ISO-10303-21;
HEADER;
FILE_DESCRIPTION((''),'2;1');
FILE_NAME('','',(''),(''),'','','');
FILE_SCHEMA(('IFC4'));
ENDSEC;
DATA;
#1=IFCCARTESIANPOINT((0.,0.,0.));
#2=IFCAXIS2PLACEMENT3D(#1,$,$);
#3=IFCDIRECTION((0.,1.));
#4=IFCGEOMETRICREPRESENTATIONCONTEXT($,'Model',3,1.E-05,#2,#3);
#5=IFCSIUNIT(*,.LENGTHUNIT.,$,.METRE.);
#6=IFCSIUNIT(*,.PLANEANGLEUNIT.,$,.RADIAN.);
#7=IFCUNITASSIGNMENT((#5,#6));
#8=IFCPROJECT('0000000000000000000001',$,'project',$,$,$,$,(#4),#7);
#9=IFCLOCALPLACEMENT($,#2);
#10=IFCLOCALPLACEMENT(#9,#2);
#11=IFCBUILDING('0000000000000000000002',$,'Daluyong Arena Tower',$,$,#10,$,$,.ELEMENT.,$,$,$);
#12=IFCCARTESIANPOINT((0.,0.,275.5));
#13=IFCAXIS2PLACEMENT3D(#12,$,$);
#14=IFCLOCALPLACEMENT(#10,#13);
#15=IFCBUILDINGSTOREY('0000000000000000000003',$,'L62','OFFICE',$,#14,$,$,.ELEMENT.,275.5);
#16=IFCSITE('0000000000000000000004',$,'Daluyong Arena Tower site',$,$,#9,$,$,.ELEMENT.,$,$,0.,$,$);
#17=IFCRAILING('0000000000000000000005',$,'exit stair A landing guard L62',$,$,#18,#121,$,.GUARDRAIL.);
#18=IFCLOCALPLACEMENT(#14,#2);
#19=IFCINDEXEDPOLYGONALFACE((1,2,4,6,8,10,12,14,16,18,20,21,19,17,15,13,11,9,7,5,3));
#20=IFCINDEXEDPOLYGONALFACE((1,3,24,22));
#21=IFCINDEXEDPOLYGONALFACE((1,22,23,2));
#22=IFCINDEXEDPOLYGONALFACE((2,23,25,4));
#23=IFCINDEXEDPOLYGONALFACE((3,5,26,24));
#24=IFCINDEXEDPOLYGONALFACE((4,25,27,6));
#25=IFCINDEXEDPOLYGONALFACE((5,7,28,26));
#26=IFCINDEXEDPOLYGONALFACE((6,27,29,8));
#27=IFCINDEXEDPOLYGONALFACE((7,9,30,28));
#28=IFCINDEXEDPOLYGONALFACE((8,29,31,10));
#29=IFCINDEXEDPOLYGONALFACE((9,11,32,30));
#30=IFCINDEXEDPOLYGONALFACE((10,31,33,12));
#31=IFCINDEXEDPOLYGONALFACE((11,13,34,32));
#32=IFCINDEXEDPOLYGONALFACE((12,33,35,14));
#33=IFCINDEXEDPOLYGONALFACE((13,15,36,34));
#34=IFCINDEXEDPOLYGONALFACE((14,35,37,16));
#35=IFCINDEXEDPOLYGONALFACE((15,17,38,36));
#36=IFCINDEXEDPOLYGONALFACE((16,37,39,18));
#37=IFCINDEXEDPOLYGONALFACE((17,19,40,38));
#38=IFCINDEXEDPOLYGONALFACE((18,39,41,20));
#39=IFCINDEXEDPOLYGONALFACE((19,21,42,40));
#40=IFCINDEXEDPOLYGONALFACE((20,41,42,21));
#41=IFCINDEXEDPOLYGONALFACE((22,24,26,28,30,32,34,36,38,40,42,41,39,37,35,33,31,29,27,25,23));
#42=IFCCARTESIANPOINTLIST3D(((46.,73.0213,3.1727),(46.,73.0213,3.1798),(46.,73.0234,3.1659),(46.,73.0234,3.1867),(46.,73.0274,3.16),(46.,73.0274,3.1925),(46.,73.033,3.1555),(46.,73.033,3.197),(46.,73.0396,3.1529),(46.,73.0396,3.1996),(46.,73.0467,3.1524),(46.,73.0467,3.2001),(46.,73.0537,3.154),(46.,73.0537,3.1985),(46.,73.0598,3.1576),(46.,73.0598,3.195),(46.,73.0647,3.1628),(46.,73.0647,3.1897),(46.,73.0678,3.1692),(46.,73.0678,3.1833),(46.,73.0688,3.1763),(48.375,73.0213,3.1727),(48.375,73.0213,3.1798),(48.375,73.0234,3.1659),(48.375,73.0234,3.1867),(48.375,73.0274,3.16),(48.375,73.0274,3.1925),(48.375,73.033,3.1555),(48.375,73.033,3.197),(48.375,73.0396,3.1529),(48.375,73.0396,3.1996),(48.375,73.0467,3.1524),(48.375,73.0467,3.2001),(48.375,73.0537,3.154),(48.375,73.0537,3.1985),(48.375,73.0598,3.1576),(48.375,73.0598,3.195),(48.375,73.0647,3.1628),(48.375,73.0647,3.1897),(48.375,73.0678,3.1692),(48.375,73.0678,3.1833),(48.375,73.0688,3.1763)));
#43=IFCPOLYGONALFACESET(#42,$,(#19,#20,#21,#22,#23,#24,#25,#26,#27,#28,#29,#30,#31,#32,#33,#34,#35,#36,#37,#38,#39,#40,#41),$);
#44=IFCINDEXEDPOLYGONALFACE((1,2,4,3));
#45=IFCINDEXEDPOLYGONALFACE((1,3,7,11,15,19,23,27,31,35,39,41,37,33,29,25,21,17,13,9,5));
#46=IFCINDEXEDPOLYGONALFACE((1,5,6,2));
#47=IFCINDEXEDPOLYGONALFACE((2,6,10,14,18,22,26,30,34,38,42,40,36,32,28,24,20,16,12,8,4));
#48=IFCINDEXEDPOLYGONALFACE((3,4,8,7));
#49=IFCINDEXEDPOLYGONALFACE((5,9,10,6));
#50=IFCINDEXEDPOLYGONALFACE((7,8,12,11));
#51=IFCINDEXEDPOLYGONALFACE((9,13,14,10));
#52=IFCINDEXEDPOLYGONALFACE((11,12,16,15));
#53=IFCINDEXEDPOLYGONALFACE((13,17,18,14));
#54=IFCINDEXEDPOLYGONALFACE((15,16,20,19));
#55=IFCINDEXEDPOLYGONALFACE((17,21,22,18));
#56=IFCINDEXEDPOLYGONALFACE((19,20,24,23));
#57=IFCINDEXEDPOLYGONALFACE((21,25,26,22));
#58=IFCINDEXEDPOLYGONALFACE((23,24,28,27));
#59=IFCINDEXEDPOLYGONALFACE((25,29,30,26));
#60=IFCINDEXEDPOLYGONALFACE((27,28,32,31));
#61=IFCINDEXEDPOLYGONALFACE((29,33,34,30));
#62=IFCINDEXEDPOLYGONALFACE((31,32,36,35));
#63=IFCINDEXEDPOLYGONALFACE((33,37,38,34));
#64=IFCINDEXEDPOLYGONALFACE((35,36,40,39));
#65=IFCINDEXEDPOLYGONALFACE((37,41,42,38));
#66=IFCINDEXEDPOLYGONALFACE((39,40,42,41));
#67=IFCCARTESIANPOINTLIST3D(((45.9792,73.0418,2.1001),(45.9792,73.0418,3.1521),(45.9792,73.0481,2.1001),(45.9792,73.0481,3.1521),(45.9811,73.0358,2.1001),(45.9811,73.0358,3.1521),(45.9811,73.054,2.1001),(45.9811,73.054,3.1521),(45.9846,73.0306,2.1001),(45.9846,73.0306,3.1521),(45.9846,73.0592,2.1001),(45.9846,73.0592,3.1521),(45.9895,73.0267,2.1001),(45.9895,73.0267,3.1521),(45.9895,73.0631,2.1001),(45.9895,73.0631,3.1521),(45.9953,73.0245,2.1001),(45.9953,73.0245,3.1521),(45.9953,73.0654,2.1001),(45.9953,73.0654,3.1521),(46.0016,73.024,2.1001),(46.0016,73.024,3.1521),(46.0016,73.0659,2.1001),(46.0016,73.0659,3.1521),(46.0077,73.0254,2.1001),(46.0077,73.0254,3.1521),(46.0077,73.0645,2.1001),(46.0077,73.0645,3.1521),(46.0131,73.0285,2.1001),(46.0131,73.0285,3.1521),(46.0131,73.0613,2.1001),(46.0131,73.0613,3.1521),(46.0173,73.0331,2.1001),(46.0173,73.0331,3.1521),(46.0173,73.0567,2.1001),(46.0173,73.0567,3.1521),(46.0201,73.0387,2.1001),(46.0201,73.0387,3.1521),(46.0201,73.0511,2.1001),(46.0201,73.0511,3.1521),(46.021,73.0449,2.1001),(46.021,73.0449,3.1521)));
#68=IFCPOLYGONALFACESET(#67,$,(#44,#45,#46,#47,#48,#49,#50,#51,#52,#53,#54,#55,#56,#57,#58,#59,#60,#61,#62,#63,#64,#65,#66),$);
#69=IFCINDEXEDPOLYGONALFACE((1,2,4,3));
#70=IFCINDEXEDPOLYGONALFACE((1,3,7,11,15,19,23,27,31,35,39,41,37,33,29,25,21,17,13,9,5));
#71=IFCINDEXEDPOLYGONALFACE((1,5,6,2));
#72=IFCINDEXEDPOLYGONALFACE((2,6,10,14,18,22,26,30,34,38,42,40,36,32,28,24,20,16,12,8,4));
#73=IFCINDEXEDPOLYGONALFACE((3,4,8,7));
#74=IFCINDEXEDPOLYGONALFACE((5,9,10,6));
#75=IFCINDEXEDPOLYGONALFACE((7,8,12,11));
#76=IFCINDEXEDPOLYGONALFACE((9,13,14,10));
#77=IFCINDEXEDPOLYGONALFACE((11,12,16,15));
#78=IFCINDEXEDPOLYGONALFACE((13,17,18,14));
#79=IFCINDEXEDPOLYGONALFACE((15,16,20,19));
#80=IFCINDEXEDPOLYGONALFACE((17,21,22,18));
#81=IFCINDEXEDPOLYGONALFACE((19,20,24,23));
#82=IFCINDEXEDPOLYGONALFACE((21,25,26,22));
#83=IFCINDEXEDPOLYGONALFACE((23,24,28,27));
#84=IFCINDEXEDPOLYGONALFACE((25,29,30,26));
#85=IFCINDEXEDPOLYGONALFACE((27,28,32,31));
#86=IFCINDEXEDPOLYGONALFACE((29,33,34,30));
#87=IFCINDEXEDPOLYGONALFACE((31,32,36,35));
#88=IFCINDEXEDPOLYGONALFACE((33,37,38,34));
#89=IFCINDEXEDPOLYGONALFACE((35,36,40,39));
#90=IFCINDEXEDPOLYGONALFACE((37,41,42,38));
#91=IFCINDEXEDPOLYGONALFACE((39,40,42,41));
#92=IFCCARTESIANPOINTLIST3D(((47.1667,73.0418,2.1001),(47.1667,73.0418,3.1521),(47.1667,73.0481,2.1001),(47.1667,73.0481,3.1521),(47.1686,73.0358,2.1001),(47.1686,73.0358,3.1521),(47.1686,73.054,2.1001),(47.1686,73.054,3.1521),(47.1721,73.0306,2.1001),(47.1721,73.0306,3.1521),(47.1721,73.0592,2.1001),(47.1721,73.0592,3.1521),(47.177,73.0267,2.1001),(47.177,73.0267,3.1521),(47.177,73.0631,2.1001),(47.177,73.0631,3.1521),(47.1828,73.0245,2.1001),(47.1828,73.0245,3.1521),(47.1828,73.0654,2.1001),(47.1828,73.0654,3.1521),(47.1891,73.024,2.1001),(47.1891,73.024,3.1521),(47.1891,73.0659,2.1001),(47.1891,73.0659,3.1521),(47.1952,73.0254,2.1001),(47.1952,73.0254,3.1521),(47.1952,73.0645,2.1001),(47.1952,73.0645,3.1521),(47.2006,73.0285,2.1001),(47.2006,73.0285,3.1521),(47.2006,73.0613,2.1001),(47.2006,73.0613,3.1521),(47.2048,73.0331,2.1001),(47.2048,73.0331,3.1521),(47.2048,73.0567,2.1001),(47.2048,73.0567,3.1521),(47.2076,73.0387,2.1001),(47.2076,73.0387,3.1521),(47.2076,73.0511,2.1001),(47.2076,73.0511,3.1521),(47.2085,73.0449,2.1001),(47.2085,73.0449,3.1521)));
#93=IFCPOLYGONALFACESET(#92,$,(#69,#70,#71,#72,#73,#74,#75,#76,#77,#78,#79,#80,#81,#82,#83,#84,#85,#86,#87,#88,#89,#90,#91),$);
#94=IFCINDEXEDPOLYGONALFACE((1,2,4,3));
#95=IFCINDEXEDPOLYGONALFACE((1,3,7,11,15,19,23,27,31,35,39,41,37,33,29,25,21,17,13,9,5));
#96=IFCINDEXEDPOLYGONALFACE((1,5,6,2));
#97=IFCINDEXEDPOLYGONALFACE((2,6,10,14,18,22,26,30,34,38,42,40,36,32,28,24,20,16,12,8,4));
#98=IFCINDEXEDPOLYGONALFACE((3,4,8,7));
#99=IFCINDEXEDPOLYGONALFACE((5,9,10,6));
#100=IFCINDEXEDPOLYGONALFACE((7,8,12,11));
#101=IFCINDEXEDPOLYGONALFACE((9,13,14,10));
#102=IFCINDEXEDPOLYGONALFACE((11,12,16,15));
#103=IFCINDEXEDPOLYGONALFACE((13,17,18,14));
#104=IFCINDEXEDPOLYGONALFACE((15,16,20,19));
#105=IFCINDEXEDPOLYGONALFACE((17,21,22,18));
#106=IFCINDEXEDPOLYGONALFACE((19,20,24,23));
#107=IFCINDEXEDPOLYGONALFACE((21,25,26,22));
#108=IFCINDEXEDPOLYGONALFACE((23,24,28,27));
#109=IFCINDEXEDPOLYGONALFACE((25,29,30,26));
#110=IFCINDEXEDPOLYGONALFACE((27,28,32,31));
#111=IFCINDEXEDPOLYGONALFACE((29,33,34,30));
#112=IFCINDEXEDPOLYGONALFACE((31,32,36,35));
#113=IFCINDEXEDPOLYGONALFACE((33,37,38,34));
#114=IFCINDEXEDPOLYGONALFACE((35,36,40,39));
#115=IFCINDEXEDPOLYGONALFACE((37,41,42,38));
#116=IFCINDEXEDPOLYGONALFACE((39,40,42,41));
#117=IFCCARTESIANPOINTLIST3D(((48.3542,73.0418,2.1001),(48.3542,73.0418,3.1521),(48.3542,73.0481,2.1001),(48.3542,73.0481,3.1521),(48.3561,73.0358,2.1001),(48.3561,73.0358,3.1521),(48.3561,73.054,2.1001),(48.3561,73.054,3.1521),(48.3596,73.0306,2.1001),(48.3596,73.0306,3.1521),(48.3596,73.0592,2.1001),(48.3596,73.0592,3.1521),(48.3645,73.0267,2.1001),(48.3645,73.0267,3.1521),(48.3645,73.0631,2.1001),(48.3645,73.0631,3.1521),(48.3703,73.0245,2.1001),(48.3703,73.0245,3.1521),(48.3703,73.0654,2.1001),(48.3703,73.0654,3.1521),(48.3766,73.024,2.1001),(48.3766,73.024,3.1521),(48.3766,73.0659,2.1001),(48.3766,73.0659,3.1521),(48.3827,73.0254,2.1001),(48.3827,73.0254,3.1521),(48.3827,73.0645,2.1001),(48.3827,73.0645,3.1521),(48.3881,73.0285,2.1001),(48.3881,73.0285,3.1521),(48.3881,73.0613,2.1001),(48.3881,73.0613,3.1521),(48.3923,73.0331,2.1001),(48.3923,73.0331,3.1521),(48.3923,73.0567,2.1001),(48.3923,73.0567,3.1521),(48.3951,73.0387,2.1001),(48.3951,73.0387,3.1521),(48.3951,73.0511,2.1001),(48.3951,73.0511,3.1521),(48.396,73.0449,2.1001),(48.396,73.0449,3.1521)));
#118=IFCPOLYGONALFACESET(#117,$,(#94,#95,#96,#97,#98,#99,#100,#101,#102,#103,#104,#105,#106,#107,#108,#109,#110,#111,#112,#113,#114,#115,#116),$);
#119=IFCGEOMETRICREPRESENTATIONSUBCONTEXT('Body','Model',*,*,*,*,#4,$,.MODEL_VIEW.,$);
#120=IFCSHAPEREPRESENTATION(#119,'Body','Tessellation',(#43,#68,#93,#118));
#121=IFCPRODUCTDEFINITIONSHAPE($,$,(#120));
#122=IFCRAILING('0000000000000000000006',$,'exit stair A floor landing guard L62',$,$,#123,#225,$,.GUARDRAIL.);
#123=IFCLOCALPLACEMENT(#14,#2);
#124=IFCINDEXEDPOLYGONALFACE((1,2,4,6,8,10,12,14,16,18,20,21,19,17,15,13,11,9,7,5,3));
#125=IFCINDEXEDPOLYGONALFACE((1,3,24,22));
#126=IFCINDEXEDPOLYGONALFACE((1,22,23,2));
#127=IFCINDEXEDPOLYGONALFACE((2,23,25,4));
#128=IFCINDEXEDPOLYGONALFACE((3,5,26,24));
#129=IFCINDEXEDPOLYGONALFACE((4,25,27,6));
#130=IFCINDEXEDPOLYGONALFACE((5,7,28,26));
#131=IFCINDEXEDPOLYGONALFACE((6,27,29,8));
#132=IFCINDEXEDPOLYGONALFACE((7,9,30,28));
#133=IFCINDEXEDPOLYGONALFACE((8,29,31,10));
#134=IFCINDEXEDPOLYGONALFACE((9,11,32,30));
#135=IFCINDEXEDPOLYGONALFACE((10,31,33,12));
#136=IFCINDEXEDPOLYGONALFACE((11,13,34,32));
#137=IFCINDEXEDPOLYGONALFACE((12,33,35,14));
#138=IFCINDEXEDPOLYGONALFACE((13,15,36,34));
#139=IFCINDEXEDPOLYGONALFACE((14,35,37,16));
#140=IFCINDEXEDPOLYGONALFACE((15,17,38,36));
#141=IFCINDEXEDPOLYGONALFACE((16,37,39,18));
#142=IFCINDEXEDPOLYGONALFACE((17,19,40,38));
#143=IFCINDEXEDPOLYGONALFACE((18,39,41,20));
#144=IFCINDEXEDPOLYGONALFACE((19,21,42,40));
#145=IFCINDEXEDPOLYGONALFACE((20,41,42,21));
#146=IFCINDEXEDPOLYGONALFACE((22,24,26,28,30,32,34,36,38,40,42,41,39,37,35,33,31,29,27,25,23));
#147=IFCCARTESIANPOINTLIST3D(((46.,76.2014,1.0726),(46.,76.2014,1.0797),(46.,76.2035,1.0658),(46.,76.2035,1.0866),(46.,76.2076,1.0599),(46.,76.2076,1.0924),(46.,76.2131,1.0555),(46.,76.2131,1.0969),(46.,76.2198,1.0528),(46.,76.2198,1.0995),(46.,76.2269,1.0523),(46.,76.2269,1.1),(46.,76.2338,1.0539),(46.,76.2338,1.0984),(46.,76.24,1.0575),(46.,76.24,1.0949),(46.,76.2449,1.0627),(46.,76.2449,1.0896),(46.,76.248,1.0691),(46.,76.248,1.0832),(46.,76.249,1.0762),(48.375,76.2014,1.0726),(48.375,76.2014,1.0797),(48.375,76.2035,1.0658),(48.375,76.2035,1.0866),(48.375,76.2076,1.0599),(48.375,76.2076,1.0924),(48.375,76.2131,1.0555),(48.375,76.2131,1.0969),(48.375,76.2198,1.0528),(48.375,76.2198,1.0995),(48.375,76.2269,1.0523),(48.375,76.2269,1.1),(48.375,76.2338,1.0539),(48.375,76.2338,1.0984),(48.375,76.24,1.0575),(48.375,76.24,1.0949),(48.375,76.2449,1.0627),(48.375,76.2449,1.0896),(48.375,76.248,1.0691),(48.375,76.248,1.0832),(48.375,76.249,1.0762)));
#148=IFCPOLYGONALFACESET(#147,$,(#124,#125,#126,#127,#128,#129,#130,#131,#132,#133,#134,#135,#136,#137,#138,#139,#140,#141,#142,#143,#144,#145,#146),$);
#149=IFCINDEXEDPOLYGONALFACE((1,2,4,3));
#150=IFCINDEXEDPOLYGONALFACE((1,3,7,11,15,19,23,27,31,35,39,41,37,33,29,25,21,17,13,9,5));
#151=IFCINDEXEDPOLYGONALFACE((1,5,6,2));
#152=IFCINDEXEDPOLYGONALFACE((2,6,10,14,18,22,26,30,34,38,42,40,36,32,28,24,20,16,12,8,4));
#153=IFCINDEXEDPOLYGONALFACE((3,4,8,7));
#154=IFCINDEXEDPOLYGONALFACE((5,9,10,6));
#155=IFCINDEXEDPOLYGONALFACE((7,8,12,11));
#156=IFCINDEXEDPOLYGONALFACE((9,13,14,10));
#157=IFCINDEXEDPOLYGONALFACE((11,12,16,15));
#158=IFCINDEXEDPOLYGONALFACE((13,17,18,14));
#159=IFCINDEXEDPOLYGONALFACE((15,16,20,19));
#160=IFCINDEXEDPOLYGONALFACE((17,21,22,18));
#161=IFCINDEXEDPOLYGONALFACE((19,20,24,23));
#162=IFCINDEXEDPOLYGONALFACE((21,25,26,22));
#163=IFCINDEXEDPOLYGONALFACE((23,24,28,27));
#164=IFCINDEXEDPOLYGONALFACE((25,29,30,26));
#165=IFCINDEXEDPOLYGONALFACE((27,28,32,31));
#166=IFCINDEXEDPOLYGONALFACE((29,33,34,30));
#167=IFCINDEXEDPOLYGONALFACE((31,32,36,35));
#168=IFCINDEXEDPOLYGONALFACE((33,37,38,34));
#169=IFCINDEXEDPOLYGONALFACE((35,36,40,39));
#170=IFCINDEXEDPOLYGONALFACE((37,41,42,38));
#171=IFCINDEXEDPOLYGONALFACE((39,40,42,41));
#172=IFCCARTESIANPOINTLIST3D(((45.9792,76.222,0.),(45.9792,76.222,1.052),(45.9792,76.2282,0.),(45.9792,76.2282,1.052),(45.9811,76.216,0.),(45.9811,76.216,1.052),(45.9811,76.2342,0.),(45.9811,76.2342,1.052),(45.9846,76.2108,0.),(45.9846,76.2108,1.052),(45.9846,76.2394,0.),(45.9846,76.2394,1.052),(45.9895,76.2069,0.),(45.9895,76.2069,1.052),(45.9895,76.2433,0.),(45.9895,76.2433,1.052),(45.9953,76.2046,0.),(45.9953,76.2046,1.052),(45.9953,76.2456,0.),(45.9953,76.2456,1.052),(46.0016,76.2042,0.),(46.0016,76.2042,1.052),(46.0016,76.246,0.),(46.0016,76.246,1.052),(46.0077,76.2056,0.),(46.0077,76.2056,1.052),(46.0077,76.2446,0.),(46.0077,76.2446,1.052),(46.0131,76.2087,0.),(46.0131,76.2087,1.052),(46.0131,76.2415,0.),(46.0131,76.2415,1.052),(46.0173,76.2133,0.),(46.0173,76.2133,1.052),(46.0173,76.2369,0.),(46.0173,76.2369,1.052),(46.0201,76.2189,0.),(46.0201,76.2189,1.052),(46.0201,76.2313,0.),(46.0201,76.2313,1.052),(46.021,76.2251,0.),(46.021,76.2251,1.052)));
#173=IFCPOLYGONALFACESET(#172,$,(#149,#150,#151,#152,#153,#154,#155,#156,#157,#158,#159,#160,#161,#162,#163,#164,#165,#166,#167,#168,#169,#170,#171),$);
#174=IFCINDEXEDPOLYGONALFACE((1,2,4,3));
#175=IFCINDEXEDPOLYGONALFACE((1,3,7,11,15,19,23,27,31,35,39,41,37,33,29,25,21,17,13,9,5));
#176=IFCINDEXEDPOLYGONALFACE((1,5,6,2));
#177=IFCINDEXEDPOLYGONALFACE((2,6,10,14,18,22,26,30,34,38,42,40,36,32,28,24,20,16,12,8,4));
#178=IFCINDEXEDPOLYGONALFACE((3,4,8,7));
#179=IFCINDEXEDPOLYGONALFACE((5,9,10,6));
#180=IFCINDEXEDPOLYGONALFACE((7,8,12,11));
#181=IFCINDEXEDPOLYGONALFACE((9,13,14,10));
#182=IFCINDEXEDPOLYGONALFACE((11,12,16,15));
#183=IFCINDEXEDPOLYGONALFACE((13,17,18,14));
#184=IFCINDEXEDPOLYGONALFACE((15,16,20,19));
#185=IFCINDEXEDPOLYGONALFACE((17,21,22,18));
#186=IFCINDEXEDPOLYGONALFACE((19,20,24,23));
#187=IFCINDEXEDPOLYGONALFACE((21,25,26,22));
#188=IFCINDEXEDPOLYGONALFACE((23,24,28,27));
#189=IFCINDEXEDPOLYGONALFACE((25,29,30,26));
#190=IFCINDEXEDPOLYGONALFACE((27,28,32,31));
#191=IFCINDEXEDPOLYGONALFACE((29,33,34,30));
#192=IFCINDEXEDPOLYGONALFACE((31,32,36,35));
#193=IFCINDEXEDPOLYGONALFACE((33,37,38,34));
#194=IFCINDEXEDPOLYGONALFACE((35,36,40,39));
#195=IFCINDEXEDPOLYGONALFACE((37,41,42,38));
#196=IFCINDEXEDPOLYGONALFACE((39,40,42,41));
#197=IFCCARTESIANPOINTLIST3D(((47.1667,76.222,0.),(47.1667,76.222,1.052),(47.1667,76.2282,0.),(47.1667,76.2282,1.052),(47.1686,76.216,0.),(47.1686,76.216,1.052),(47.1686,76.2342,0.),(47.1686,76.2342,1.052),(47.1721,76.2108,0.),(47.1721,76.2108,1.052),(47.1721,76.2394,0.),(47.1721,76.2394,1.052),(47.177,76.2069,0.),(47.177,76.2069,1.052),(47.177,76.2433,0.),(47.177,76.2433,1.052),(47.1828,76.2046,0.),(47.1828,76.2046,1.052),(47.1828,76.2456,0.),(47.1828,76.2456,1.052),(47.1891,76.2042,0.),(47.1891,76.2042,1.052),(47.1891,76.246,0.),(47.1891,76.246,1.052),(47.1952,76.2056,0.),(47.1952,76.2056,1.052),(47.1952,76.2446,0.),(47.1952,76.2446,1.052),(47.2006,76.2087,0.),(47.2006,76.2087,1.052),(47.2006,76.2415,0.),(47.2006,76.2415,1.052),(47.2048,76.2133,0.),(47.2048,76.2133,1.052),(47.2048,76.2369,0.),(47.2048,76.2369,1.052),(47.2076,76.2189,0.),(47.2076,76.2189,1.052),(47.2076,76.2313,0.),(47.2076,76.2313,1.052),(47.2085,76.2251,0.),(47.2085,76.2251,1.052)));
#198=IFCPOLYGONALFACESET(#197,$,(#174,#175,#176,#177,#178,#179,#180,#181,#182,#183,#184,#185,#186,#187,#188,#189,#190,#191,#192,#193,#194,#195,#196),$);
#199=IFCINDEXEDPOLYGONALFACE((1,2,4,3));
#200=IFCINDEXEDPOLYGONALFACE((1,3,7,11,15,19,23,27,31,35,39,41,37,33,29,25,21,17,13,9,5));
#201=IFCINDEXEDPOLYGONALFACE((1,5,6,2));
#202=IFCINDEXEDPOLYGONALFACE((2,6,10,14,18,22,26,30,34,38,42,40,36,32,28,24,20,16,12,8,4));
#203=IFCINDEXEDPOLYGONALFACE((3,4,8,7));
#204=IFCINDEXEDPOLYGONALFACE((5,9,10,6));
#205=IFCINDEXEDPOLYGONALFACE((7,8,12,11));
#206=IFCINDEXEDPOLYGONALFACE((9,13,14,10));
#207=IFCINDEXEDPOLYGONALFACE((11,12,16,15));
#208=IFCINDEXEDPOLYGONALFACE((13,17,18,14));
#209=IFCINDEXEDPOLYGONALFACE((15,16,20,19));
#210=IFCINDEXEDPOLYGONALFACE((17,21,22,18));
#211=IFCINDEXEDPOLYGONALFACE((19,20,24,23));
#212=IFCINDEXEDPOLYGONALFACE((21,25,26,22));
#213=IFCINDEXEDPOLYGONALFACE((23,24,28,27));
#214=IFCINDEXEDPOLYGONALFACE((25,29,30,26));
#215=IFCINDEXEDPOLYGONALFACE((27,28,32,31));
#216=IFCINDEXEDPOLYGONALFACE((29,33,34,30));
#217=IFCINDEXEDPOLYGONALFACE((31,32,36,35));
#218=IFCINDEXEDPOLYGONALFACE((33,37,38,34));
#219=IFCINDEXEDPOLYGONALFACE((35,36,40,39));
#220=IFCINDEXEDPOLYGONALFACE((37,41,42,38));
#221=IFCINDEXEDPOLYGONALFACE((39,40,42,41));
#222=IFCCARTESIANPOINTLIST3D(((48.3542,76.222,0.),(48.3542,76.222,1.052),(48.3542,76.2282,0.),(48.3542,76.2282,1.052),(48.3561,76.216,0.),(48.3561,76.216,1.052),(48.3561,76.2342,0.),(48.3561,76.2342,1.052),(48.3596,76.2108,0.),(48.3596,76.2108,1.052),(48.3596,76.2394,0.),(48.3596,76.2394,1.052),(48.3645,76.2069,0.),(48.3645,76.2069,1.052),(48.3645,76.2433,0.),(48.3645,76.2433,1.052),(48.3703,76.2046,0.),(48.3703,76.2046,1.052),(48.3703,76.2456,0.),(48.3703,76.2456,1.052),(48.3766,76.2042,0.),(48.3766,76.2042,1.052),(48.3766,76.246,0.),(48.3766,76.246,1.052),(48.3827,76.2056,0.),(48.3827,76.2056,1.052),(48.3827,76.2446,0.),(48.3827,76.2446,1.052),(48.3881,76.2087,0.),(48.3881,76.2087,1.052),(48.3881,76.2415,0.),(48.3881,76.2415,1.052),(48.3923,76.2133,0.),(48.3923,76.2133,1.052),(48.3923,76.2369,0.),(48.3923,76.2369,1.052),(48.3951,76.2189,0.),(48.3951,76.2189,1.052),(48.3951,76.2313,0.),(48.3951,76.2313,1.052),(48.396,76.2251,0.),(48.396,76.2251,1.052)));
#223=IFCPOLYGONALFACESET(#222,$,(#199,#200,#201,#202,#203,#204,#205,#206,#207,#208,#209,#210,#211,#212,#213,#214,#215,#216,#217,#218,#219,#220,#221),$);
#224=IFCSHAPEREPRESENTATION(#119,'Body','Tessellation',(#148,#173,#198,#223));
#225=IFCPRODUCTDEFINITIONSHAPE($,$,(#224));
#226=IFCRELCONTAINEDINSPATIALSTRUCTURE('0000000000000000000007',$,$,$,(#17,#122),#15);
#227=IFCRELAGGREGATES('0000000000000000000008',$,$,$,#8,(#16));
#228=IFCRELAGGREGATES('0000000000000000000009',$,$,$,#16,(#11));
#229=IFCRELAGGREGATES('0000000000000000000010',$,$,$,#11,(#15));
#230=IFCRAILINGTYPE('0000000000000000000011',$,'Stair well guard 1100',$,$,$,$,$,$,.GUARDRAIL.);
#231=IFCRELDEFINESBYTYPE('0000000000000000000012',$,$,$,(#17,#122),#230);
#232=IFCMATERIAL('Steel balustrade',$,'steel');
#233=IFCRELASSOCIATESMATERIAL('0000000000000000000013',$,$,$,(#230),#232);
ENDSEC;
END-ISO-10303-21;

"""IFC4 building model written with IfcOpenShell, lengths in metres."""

from ifc_helpers import new_model, si_unit, direction, frame, origin, origin_2d, place, context, subcontext, project, spatial, circle, extrude, material, type_object, element, save


model = new_model("IFC4")

# Units and contexts
model_context = context("Model", 3, precision=1e-05, world=origin(), true_north=direction((0.0, 1.0)))
body_context = subcontext(model_context, "Body", "Model", "MODEL_VIEW")
ifc_project = project(units=[si_unit("LENGTHUNIT", "METRE"), si_unit("PLANEANGLEUNIT", "RADIAN")], contexts=[model_context])

# Site, building, storey
site_placement = place(None, origin())
site = spatial("IfcSite", under=ifc_project, at=site_placement, Name="Daluyong Arena Tower site", CompositionType="ELEMENT", RefElevation=0.0)
building_placement = place(site_placement, origin())
building = spatial("IfcBuilding", under=site, at=building_placement, Name="Daluyong Arena Tower", CompositionType="ELEMENT")
storey_placement = place(building_placement, frame((0.0, 0.0, 275.5)))
storey = spatial("IfcBuildingStorey", under=building, at=storey_placement, Name="L62", Description="OFFICE", CompositionType="ELEMENT", Elevation=275.5)

# Railings
ifc_material_1 = material(Name="Steel balustrade", Category="steel")
railing_type_1 = type_object("IfcRailingType", Name="Stair well guard 1100", PredefinedType="GUARDRAIL", material=ifc_material_1)
for number, where, name in (
    (1, (46.0, 73.0449, 2.1001), "exit stair A landing guard L62"),
    (2, (46.0, 76.2251, 0.0), "exit stair A floor landing guard L62"),
):
    element("IfcRailing", number, at=place(storey_placement, frame(where)), inside=storey, type_object=railing_type_1, Name=name, PredefinedType="GUARDRAIL", context=body_context, shape_type="SweptSolid", body=[
        extrude(circle(Radius=0.0239, at=origin_2d()), frame((0.0, 0.0, 1.0762), z_axis=(1.0, 0.0, 0.0), x_axis=(0.0, 1.0, 0.0)), (0.0, 0.0, 1.0), 2.375),
        extrude(circle(Radius=0.021, at=origin_2d()), origin(), (0.0, 0.0, 1.0), 1.052),
        extrude(circle(Radius=0.021, at=origin_2d()), frame((1.1875, 0.0, 0.0)), (0.0, 0.0, 1.0), 1.052),
        extrude(circle(Radius=0.021, at=origin_2d()), frame((2.375, 0.0, 0.0)), (0.0, 0.0, 1.0), 1.052),
    ])

save(model, "model.ifc")
